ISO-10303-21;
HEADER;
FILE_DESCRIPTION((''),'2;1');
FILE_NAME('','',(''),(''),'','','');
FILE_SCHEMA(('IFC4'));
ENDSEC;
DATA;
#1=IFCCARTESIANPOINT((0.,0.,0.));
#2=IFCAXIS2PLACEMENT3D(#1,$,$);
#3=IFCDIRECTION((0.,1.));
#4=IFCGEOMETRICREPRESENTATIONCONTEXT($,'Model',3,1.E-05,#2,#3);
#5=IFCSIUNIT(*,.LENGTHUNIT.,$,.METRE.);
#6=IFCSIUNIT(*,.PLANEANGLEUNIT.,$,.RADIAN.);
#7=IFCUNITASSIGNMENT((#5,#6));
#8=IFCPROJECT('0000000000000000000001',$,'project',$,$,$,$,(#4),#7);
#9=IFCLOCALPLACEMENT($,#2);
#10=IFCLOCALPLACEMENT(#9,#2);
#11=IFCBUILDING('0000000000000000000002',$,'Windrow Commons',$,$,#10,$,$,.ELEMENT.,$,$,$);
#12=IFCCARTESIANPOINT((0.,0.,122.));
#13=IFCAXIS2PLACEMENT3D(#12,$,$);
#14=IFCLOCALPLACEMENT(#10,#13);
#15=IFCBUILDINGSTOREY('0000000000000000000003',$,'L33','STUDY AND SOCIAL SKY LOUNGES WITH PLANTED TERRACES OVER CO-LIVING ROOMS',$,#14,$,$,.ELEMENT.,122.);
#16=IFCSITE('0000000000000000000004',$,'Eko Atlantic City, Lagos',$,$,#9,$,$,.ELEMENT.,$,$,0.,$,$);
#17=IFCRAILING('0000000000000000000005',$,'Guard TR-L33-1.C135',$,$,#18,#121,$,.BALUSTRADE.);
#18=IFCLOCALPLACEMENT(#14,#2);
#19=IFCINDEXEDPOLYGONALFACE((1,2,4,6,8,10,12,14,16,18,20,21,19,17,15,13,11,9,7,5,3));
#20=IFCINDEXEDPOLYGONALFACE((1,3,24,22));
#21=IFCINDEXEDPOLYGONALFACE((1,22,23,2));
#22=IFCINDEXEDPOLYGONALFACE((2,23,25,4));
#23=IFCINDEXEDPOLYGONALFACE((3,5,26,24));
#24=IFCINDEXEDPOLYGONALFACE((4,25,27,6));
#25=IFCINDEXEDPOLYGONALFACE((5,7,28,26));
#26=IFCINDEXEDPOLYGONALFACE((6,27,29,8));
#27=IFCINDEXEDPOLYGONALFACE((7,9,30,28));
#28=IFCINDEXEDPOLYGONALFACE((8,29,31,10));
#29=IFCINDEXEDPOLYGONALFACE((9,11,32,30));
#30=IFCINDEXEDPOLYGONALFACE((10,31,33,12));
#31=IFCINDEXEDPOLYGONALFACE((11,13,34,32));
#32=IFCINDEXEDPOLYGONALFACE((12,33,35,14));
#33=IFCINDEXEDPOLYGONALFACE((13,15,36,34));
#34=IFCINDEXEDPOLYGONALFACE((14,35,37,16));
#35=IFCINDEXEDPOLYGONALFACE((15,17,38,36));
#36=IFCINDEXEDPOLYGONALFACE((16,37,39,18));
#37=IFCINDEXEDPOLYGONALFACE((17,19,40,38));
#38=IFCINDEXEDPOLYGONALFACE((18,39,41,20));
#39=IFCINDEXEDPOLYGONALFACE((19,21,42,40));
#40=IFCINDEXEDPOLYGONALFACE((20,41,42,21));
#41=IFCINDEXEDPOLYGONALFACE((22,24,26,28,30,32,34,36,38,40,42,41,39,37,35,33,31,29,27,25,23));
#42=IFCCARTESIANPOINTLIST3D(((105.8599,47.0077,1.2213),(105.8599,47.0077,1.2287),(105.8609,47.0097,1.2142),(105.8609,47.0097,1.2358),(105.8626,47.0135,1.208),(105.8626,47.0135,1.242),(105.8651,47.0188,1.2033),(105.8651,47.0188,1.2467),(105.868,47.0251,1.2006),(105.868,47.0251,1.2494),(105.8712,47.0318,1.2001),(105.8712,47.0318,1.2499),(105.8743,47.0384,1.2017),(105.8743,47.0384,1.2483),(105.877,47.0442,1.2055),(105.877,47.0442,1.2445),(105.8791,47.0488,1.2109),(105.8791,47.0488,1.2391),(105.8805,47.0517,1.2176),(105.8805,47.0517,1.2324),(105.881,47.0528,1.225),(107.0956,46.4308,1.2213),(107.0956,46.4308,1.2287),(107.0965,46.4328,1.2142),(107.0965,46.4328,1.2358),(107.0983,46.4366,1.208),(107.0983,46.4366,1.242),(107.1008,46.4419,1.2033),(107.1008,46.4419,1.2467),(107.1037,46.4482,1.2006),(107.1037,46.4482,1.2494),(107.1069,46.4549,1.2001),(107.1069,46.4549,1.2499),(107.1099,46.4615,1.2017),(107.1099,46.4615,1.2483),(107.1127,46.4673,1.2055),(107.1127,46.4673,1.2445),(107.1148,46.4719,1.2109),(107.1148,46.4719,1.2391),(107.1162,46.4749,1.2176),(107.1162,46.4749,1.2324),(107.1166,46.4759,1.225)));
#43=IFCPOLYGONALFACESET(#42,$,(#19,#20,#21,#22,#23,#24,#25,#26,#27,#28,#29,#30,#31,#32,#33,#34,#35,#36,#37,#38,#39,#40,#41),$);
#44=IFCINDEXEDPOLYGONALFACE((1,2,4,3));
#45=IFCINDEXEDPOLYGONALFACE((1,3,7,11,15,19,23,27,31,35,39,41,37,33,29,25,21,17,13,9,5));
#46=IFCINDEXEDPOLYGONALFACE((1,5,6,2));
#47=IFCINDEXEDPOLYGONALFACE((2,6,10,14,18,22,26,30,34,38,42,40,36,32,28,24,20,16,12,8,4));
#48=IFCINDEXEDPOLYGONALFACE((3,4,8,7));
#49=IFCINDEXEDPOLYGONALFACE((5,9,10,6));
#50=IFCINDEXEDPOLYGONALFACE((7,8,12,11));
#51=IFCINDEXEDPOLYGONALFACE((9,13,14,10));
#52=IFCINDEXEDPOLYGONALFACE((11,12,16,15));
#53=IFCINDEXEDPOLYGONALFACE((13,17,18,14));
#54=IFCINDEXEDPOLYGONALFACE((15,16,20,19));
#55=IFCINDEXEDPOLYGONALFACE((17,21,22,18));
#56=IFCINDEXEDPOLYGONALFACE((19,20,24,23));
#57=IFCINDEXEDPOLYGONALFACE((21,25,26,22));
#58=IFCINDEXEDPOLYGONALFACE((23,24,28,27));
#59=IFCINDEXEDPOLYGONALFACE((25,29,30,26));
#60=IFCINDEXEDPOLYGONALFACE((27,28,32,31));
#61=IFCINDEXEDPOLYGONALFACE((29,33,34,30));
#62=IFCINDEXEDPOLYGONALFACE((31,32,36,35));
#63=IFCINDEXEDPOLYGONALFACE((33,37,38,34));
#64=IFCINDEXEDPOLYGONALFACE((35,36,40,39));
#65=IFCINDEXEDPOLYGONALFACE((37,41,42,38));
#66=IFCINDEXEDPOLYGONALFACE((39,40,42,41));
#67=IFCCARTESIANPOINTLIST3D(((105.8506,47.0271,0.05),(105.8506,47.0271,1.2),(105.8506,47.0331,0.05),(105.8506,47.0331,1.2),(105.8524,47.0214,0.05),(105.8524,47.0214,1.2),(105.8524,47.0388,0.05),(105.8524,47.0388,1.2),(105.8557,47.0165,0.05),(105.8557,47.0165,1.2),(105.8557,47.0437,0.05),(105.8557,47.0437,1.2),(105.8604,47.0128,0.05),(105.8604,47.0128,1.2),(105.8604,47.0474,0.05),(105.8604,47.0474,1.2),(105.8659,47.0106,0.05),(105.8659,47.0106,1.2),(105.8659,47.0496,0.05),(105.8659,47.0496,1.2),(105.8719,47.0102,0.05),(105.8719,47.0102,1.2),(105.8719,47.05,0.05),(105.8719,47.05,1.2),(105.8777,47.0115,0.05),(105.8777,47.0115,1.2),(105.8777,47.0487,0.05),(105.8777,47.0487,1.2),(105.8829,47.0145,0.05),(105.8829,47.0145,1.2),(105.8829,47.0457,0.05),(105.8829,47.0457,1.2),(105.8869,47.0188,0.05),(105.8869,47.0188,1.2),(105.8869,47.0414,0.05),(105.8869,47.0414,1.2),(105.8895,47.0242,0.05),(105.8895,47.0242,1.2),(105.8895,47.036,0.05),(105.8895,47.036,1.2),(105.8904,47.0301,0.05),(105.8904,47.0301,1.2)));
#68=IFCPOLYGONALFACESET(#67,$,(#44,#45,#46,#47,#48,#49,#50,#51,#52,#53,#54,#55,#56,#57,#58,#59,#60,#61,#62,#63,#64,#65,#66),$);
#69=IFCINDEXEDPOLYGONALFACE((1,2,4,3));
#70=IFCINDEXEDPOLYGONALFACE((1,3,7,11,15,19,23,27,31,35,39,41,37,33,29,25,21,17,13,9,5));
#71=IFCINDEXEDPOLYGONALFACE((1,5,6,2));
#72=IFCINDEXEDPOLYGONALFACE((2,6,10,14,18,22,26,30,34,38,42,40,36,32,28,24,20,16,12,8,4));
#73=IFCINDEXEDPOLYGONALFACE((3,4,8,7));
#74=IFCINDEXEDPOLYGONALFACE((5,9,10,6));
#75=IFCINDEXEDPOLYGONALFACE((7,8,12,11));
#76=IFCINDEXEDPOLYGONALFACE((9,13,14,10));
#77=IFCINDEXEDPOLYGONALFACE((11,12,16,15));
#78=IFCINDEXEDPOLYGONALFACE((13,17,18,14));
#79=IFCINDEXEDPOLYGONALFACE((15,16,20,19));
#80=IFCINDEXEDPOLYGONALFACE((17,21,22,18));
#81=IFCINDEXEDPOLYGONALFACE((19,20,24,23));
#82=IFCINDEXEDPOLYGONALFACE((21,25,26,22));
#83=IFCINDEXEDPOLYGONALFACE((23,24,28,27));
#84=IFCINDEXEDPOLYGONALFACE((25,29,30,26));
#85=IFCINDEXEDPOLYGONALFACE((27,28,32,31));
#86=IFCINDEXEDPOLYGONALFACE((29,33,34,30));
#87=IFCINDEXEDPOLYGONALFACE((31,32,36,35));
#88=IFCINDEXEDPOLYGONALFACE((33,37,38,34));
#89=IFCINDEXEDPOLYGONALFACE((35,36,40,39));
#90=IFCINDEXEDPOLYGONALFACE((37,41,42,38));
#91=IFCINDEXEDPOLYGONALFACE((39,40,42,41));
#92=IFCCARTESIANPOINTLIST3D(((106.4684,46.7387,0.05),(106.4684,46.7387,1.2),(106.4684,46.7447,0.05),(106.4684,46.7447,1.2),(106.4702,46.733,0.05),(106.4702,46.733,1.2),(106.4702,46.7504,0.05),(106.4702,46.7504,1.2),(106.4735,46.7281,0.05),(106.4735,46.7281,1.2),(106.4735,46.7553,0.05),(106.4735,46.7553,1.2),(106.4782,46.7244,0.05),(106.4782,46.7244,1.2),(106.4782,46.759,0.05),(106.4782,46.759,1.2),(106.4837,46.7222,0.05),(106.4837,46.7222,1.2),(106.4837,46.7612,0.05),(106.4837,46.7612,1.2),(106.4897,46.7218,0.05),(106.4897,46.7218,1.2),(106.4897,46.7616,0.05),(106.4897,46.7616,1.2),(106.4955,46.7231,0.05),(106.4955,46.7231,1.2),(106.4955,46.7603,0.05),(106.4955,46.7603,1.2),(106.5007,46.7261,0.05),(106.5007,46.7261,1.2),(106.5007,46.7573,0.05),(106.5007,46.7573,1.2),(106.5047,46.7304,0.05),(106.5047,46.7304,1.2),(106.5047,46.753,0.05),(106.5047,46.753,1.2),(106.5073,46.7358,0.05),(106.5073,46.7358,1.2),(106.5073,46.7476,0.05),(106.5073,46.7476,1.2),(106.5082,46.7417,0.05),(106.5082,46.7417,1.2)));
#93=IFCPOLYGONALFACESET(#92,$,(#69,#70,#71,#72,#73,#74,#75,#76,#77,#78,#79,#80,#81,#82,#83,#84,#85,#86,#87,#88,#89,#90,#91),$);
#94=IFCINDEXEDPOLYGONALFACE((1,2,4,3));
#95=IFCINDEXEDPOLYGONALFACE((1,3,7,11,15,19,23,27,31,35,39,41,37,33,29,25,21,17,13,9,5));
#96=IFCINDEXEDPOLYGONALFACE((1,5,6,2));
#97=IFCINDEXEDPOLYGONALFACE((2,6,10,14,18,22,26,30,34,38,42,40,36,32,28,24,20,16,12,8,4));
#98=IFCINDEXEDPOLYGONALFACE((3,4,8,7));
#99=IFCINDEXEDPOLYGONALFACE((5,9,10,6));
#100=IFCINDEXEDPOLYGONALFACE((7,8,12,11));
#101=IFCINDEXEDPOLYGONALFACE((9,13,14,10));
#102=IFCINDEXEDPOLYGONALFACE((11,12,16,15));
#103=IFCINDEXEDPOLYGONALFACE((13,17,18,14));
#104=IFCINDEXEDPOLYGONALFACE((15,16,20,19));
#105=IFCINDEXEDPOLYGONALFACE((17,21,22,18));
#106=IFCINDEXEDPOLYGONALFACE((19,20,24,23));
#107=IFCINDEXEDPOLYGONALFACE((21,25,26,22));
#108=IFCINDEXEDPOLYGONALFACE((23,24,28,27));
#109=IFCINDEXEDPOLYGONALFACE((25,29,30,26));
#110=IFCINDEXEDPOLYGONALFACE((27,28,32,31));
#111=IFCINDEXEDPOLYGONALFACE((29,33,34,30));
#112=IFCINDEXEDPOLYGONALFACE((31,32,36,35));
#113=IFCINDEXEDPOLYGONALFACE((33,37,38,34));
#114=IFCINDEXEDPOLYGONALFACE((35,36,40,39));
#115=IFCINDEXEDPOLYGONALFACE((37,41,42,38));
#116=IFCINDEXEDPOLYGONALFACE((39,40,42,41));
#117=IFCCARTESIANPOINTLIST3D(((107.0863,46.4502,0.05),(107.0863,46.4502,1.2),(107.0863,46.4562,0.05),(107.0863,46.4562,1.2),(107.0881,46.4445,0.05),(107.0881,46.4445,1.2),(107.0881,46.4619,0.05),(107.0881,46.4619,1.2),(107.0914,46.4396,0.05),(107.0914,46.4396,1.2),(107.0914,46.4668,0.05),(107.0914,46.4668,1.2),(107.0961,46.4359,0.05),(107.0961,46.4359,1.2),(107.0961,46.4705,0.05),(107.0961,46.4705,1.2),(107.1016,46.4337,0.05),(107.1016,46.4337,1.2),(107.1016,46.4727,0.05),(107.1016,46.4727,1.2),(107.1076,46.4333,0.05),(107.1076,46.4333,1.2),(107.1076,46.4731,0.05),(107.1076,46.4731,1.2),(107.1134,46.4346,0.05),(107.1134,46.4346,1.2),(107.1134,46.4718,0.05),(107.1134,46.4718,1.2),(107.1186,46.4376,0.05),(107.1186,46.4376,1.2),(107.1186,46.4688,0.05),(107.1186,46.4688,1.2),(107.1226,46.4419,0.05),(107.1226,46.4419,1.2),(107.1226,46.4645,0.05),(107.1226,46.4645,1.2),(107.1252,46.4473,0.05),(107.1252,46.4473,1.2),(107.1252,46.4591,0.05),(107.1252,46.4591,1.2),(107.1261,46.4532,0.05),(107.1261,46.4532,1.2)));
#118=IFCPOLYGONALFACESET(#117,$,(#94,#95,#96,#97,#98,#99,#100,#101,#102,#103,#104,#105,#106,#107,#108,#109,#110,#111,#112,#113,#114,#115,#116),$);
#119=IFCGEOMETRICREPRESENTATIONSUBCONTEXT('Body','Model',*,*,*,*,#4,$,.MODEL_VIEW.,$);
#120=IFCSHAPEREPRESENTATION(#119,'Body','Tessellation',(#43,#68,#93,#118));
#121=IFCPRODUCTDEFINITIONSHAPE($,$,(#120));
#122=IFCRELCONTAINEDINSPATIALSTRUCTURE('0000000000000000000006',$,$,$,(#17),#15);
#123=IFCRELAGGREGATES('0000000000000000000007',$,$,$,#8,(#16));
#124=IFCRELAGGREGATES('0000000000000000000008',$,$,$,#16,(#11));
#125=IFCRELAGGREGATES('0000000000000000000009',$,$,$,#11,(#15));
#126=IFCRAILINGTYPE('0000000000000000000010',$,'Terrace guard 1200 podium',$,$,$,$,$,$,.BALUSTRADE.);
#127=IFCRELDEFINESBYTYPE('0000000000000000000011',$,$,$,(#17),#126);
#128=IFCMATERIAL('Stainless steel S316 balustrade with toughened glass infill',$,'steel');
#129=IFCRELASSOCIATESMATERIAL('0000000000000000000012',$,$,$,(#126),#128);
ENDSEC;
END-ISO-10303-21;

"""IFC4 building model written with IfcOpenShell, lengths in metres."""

from ifc_helpers import new_model, si_unit, direction, frame, origin, origin_2d, place, context, subcontext, project, spatial, circle, extrude, material, type_object, element, save


model = new_model("IFC4")

# Units and contexts
model_context = context("Model", 3, precision=1e-05, world=origin(), true_north=direction((0.0, 1.0)))
body_context = subcontext(model_context, "Body", "Model", "MODEL_VIEW")
ifc_project = project(units=[si_unit("LENGTHUNIT", "METRE"), si_unit("PLANEANGLEUNIT", "RADIAN")], contexts=[model_context])

# Site, building, storey
site_placement = place(None, origin())
site = spatial("IfcSite", under=ifc_project, at=site_placement, Name="Eko Atlantic City, Lagos", CompositionType="ELEMENT", RefElevation=0.0)
building_placement = place(site_placement, origin())
building = spatial("IfcBuilding", under=site, at=building_placement, Name="Windrow Commons", CompositionType="ELEMENT")
storey_placement = place(building_placement, frame((0.0, 0.0, 122.0)))
storey = spatial("IfcBuildingStorey", under=building, at=storey_placement, Name="L33", Description="STUDY AND SOCIAL SKY LOUNGES WITH PLANTED TERRACES OVER CO-LIVING ROOMS", CompositionType="ELEMENT", Elevation=122.0)

# Railing
ifc_material_1 = material(Name="Stainless steel S316 balustrade with toughened glass infill", Category="steel")
railing_type = type_object("IfcRailingType", Name="Terrace guard 1200 podium", PredefinedType="BALUSTRADE", material=ifc_material_1)
railing_1_placement = place(storey_placement, frame((105.8704, 47.0301, 0.05)))
element("IfcRailing", 1, at=railing_1_placement, inside=storey, type_object=railing_type, Name="Guard TR-L33-1.C135", PredefinedType="BALUSTRADE", context=body_context, shape_type="SweptSolid", body=[
    extrude(circle(Radius=0.025, at=origin_2d()), frame((0.0, 0.0, 1.175), z_axis=(0.906116, -0.42303, 0.0), x_axis=(0.42303, 0.906116, 0.0)), (0.0, 0.0, 1.0), 1.3637),
    extrude(circle(Radius=0.02, at=origin_2d()), origin(), (0.0, 0.0, 1.0), 1.15),
    extrude(circle(Radius=0.02, at=origin_2d()), frame((0.6178, -0.2884, 0.0)), (0.0, 0.0, 1.0), 1.15),
    extrude(circle(Radius=0.02, at=origin_2d()), frame((1.2357, -0.5769, 0.0)), (0.0, 0.0, 1.0), 1.15),
])

save(model, "model.ifc")
